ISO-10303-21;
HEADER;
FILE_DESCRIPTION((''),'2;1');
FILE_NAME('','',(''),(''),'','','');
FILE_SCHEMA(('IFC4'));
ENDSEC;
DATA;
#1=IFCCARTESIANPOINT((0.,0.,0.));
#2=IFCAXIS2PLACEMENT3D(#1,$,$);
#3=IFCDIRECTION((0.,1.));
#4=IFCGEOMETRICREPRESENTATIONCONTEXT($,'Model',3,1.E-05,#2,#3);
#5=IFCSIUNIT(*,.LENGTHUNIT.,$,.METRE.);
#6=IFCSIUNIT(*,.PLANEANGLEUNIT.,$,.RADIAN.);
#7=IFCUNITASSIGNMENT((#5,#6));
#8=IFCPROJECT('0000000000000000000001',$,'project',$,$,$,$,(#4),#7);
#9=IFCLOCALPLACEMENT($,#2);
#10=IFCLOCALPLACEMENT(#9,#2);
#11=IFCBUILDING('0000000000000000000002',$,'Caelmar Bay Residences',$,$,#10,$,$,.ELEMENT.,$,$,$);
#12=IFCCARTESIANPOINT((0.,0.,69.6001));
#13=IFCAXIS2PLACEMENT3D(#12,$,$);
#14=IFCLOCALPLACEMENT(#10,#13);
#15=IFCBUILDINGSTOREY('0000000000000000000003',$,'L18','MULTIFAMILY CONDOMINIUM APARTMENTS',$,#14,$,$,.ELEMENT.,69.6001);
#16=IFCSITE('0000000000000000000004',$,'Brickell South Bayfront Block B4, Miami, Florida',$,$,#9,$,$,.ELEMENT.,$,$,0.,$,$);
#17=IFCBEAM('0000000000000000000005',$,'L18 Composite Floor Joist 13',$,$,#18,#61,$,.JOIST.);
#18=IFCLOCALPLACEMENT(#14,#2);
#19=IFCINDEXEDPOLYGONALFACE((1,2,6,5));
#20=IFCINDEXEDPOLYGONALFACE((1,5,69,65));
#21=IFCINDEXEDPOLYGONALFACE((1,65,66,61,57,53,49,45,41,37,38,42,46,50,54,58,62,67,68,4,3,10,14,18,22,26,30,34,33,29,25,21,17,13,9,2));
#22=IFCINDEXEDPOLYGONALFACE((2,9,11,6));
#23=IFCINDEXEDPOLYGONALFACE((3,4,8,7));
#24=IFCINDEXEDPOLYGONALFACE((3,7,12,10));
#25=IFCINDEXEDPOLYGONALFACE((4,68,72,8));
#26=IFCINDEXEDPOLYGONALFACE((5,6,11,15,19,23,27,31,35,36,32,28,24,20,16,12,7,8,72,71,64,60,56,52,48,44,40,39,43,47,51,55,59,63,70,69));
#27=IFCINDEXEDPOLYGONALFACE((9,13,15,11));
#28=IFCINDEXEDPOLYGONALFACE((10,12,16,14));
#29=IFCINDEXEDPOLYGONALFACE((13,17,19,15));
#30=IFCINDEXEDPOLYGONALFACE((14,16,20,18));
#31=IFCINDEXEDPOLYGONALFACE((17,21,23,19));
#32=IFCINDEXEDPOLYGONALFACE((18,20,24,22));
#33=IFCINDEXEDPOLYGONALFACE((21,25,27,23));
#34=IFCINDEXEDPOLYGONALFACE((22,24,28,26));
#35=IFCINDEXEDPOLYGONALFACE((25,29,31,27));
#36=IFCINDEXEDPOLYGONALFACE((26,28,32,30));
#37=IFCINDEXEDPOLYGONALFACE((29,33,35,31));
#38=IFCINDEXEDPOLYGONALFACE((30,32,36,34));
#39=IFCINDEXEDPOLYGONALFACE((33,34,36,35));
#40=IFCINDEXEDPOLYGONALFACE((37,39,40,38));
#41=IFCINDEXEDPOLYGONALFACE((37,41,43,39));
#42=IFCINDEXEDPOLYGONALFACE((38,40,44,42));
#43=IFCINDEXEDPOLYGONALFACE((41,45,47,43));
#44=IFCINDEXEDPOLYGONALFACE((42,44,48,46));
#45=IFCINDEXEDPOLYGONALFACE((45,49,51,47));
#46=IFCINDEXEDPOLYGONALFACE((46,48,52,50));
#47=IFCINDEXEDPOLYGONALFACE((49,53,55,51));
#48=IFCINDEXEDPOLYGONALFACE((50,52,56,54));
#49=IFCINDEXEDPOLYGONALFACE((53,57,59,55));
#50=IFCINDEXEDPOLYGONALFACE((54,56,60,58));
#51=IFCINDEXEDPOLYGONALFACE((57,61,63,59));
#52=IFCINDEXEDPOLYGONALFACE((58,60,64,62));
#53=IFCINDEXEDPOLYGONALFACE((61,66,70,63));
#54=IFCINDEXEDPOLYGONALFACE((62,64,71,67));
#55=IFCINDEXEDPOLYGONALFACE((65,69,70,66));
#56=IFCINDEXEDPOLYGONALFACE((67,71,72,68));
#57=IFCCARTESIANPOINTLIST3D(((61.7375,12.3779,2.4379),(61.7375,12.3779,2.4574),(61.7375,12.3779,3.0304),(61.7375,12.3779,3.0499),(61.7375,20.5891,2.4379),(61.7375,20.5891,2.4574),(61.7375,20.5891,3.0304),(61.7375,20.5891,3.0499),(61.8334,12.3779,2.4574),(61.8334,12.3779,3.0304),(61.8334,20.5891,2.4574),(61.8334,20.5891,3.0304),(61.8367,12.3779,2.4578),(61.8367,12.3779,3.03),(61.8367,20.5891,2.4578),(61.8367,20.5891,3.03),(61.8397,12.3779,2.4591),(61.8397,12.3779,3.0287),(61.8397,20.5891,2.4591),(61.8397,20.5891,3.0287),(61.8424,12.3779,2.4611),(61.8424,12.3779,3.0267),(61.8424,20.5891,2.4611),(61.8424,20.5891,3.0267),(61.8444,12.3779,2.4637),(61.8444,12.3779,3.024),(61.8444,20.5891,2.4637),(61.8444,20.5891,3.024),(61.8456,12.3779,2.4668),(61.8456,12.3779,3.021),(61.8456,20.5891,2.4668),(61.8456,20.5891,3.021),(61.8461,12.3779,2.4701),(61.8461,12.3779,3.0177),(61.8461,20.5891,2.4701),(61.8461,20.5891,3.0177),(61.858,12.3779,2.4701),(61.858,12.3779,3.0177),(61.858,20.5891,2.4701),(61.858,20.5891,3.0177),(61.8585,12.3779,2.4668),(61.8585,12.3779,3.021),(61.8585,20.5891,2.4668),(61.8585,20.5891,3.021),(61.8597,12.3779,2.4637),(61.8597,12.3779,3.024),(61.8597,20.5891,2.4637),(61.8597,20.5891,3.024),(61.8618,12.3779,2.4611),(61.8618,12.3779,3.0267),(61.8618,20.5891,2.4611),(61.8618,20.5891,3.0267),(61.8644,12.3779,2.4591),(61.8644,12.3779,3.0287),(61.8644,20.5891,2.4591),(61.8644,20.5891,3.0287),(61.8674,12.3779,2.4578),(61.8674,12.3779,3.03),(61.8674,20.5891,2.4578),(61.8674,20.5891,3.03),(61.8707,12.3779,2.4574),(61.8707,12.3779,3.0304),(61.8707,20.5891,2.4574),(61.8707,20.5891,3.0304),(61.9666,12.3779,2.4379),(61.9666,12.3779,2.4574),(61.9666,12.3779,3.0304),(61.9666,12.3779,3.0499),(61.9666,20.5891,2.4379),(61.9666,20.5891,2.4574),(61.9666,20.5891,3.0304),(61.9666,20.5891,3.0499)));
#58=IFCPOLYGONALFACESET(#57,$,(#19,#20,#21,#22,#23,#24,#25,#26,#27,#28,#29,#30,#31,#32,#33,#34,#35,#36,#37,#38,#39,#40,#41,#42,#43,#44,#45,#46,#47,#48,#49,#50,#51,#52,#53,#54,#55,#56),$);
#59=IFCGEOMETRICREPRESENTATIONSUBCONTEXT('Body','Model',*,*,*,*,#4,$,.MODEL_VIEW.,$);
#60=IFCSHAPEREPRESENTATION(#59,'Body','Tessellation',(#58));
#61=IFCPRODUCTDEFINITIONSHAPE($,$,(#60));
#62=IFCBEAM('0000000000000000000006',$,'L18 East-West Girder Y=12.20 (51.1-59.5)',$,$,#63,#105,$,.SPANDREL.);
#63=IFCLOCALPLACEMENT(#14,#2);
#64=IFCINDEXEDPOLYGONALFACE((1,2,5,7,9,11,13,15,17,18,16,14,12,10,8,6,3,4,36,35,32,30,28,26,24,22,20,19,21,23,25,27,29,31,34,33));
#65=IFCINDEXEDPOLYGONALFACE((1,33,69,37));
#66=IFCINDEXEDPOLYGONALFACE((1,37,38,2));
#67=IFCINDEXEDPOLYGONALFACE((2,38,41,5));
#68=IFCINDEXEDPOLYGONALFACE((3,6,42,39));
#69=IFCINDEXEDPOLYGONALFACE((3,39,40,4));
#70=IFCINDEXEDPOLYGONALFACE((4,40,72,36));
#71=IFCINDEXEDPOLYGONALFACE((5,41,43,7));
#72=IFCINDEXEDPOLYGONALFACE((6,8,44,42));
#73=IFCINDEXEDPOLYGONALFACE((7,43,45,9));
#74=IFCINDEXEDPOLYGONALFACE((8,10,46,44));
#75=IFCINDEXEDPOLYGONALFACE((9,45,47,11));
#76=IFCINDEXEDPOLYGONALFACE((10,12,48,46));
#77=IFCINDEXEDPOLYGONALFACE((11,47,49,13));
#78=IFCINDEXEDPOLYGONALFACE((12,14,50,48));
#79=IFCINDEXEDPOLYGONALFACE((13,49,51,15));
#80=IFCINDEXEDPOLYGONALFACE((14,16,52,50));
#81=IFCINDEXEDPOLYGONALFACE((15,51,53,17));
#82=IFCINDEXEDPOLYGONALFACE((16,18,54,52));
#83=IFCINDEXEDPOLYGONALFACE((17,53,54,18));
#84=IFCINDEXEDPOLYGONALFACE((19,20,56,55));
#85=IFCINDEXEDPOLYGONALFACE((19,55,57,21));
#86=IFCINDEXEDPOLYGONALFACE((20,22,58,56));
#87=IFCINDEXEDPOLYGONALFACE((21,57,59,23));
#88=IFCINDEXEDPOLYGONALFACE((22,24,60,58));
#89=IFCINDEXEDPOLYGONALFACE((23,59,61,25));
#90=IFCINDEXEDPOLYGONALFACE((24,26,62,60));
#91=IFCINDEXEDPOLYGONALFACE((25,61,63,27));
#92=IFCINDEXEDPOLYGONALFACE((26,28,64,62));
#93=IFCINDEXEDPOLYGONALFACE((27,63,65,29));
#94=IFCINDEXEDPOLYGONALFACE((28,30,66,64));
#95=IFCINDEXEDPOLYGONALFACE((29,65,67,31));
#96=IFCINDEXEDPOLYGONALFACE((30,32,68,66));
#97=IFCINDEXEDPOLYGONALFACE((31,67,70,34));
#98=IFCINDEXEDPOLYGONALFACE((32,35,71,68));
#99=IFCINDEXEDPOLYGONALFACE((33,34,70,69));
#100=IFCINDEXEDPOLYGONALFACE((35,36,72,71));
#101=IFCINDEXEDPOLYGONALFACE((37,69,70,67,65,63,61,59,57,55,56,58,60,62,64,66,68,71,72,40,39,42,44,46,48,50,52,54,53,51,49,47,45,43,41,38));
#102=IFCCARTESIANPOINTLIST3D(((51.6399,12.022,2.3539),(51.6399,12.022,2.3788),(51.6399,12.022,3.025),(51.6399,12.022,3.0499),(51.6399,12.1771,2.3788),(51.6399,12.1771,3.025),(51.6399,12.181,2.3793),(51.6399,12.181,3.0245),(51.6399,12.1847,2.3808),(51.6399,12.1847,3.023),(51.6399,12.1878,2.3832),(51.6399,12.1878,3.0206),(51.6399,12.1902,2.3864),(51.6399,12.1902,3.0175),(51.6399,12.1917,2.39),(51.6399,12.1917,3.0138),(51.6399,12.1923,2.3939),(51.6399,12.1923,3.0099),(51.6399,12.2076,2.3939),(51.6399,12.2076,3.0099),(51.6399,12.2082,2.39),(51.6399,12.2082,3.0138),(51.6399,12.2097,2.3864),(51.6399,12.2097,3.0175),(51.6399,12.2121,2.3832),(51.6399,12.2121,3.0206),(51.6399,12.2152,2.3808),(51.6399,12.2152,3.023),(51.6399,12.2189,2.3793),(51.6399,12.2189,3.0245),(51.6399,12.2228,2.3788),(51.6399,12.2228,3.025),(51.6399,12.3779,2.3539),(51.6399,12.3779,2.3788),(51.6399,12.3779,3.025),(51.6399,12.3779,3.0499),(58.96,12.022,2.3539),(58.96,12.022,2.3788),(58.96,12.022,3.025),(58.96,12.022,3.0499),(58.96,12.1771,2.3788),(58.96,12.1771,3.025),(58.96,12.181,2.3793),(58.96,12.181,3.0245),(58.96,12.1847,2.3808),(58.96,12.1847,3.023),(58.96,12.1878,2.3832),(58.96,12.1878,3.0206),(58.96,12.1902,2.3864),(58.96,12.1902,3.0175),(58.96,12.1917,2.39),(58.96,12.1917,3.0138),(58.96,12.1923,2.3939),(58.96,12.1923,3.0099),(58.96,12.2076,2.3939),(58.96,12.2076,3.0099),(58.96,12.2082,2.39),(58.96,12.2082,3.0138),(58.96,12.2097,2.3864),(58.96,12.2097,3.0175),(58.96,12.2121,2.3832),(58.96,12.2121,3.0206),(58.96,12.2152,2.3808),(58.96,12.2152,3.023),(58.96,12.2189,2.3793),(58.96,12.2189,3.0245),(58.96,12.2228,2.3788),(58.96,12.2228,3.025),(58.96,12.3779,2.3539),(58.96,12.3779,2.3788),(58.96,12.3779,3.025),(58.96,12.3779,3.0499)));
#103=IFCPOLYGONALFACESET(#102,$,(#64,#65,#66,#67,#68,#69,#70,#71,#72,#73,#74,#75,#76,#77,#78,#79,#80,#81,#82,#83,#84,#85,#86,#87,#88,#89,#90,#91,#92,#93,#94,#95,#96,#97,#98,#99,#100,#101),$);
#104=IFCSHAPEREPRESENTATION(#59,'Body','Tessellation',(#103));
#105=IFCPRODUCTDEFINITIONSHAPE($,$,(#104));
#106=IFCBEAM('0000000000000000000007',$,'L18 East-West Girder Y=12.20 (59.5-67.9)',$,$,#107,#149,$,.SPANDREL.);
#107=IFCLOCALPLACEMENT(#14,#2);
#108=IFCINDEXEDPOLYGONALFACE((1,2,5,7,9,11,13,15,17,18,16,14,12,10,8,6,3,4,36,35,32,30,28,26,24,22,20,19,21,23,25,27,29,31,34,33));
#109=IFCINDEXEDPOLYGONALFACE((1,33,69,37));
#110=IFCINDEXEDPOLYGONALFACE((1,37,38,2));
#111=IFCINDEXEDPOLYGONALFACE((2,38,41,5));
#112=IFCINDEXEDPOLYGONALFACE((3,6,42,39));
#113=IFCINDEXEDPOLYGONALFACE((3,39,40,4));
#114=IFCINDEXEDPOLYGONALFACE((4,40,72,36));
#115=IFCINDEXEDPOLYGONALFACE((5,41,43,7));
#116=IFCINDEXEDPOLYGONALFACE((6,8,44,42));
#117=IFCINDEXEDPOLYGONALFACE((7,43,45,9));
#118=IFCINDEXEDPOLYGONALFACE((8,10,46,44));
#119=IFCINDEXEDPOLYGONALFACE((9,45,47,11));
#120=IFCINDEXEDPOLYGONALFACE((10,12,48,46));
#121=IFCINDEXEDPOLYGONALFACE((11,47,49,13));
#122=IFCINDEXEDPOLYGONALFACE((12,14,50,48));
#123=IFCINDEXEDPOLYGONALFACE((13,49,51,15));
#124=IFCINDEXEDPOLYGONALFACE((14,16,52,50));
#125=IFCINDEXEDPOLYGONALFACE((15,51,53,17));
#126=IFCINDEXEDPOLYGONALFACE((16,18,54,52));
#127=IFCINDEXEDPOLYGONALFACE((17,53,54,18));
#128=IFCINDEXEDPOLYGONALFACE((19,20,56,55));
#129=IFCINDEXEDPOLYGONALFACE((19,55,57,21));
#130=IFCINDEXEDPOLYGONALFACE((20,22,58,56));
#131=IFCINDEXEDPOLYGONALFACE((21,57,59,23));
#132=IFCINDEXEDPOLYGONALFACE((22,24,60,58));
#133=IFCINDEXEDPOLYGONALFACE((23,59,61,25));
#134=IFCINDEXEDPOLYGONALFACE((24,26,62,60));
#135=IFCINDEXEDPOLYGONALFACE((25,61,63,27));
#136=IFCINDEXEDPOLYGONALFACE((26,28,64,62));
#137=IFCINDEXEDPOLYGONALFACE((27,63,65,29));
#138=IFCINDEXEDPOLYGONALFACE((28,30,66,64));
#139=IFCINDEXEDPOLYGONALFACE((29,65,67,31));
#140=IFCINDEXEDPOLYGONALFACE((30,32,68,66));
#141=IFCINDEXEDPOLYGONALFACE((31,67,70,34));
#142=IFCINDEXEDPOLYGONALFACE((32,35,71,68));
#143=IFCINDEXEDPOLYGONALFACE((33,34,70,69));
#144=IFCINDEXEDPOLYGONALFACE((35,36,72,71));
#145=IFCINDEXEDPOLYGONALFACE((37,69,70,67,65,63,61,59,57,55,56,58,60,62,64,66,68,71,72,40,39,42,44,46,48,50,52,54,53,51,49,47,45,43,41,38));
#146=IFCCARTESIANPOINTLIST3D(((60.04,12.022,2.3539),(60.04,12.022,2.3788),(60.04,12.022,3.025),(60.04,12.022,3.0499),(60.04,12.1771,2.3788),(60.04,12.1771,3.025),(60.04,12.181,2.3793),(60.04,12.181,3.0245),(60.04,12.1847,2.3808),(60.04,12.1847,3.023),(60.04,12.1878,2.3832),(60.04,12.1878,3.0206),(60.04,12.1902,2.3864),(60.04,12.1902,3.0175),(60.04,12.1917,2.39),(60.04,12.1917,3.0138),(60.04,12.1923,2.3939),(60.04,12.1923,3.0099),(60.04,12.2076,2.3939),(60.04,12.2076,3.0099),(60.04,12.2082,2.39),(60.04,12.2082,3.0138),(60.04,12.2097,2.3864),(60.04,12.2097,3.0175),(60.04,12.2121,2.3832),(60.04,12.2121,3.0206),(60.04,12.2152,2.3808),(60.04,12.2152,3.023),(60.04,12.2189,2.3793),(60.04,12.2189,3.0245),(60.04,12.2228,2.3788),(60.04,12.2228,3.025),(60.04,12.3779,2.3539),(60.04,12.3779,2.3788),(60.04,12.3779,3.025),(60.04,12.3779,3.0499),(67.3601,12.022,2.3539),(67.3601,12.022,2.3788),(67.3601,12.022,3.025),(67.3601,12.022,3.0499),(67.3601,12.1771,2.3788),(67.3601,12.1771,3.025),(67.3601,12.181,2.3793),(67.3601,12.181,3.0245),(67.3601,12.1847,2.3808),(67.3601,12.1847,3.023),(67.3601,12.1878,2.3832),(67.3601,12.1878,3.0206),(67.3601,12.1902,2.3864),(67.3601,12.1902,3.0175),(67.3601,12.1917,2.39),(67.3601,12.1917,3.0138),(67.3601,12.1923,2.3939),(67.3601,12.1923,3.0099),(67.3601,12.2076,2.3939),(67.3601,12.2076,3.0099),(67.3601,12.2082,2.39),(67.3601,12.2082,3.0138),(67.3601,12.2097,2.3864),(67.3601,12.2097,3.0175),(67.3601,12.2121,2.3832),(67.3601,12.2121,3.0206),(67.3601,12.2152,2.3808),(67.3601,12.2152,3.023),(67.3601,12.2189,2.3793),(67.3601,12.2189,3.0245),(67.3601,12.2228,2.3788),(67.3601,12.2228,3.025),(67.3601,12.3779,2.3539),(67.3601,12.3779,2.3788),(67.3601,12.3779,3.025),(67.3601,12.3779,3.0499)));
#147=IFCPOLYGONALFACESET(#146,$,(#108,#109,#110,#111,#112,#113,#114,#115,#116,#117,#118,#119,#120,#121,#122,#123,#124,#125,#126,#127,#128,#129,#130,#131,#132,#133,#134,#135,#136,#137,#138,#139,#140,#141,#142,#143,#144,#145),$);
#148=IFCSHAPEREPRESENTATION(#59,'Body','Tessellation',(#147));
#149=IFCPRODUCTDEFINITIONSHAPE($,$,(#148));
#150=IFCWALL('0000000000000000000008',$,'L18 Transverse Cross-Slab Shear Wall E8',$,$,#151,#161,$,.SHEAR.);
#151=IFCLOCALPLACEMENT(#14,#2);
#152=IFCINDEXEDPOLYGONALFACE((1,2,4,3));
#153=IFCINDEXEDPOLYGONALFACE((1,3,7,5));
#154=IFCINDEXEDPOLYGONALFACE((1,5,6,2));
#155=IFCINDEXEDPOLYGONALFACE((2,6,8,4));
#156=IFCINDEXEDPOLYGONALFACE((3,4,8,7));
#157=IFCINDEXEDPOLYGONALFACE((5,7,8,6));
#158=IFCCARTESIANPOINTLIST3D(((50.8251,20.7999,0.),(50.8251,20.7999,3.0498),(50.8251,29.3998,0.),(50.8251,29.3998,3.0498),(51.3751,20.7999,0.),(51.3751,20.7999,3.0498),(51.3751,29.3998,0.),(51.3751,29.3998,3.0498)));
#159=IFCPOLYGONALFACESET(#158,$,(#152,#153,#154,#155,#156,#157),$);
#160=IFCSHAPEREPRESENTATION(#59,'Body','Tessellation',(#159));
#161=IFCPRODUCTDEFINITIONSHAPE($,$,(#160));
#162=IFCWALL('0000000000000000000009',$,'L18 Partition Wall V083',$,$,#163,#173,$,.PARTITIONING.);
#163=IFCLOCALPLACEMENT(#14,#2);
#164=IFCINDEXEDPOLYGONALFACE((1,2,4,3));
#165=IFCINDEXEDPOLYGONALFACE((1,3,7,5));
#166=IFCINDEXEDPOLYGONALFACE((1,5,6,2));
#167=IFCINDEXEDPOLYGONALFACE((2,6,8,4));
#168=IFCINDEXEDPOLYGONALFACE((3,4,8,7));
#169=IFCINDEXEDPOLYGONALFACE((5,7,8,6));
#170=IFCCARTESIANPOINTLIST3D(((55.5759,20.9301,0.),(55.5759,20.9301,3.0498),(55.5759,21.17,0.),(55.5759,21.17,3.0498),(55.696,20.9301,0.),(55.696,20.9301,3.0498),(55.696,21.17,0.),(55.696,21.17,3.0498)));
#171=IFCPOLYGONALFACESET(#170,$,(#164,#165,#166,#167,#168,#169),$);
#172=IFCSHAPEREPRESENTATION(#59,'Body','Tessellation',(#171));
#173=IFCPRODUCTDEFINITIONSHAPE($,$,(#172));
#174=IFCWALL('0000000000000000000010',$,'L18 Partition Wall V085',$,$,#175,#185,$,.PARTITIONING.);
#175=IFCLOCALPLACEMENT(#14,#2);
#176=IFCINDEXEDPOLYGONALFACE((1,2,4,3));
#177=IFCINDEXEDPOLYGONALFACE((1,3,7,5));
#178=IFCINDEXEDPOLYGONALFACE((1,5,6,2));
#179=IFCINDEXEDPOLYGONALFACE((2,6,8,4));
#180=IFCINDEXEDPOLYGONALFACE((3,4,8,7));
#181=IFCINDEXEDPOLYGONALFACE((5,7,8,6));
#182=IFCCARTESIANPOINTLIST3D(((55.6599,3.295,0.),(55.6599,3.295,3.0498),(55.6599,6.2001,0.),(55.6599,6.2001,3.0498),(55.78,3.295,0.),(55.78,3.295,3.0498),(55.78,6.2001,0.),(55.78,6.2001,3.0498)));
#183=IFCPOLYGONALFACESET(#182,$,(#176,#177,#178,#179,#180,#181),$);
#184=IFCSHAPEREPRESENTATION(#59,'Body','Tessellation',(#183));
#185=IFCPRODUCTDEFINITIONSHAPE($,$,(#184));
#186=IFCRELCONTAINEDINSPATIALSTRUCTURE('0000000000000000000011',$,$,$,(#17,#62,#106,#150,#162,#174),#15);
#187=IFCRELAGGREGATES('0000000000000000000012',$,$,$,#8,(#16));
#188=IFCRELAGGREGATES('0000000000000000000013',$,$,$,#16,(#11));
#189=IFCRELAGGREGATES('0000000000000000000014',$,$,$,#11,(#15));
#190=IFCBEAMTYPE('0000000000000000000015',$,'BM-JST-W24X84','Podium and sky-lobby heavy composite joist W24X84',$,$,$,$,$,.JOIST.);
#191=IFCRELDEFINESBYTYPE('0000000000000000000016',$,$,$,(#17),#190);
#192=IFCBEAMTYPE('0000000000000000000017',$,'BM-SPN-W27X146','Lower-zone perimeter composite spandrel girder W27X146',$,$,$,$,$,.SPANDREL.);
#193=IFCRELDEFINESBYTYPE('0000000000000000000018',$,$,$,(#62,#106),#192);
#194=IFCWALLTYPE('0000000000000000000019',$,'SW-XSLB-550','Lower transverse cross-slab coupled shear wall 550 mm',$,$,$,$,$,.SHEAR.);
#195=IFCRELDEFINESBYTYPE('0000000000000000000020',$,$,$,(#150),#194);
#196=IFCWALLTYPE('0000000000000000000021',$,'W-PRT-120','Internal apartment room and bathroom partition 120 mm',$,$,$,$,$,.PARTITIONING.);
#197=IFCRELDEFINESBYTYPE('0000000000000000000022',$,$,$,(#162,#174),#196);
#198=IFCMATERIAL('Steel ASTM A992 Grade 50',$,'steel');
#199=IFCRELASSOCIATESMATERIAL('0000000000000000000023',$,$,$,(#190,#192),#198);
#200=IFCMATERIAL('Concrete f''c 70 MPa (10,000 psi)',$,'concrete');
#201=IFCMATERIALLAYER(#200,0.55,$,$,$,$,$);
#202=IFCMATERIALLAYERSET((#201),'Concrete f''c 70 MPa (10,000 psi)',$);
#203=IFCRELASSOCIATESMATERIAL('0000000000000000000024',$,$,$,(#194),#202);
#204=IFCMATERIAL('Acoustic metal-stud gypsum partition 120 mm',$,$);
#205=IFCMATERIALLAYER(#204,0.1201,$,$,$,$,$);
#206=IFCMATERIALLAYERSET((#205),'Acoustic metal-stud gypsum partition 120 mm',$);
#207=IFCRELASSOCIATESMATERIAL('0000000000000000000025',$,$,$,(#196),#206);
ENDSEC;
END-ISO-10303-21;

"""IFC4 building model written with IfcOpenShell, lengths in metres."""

from ifc_helpers import new_model, si_unit, direction, frame, frame_2d, origin, origin_2d, place, context, subcontext, project, spatial, rectangle, i_section, extrude, material, layer, layer_set, material_profile, profile_set, type_object, element, save


model = new_model("IFC4")

# Units and contexts
model_context = context("Model", 3, precision=1e-05, world=origin(), true_north=direction((0.0, 1.0)))
body_context = subcontext(model_context, "Body", "Model", "MODEL_VIEW")
ifc_project = project(units=[si_unit("LENGTHUNIT", "METRE"), si_unit("PLANEANGLEUNIT", "RADIAN")], contexts=[model_context])

# Site, building, storey
site_placement = place(None, origin())
site = spatial("IfcSite", under=ifc_project, at=site_placement, Name="Brickell South Bayfront Block B4, Miami, Florida", CompositionType="ELEMENT", RefElevation=0.0)
building_placement = place(site_placement, origin())
building = spatial("IfcBuilding", under=site, at=building_placement, Name="Caelmar Bay Residences", CompositionType="ELEMENT")
storey_placement = place(building_placement, frame((0.0, 0.0, 69.6001)))
storey = spatial("IfcBuildingStorey", under=building, at=storey_placement, Name="L18", Description="MULTIFAMILY CONDOMINIUM APARTMENTS", CompositionType="ELEMENT", Elevation=69.6001)

# Shared definitions
ifc_material_1 = material(Name="Concrete f'c 70 MPa (10,000 psi)", Category="concrete")

# Beams
ifc_material_2 = material(Name="Steel ASTM A992 Grade 50", Category="steel")
ifc_material_profile_1 = material_profile(ifc_material_2, i_section(OverallWidth=0.229, OverallDepth=0.6121, WebThickness=0.012, FlangeThickness=0.0195, FilletRadius=0.0127, at=origin_2d()), Name="W24X84")
ifc_profile_set_1 = profile_set([ifc_material_profile_1], Name="Steel ASTM A992 Grade 50")
beam_type_1 = type_object("IfcBeamType", Name="BM-JST-W24X84", Description="Podium and sky-lobby heavy composite joist W24X84", PredefinedType="JOIST", material=ifc_profile_set_1)
for number, where, z_axis, x_axis, name in (
    (1, (61.8521, 12.3779, 2.7439), (0.0, 1.0, 0.0), (-1.0, 0.0, 0.0), "L18 Composite Floor Joist 13"),
):
    element("IfcBeam", number, at=place(storey_placement, frame(where, z_axis=z_axis, x_axis=x_axis)), inside=storey, type_object=beam_type_1, Name=name, PredefinedType="JOIST", context=body_context, shape_type="SweptSolid", body=[
        extrude(i_section(OverallWidth=0.229, OverallDepth=0.6121, WebThickness=0.012, FlangeThickness=0.0195, FilletRadius=0.0127, at=origin_2d()), origin(), (0.0, 0.0, 1.0), 8.2112),
    ])
ifc_material_profile_2 = material_profile(ifc_material_2, i_section(OverallWidth=0.356, OverallDepth=0.696, WebThickness=0.0154, FlangeThickness=0.0249, FilletRadius=0.0151, at=origin_2d()), Name="W27X146")
ifc_profile_set_2 = profile_set([ifc_material_profile_2], Name="Steel ASTM A992 Grade 50")
beam_type_2 = type_object("IfcBeamType", Name="BM-SPN-W27X146", Description="Lower-zone perimeter composite spandrel girder W27X146", PredefinedType="SPANDREL", material=ifc_profile_set_2)
for number, where, z_axis, x_axis, name in (
    (2, (51.6399, 12.2, 2.7019), (1.0, 0.0, 0.0), (0.0, 1.0, 0.0), "L18 East-West Girder Y=12.20 (51.1-59.5)"),
    (3, (60.04, 12.2, 2.7019), (1.0, 0.0, 0.0), (0.0, 1.0, 0.0), "L18 East-West Girder Y=12.20 (59.5-67.9)"),
):
    element("IfcBeam", number, at=place(storey_placement, frame(where, z_axis=z_axis, x_axis=x_axis)), inside=storey, type_object=beam_type_2, Name=name, PredefinedType="SPANDREL", context=body_context, shape_type="SweptSolid", body=[
        extrude(i_section(OverallWidth=0.356, OverallDepth=0.696, WebThickness=0.0154, FlangeThickness=0.0249, FilletRadius=0.0151, at=origin_2d()), origin(), (0.0, 0.0, 1.0), 7.3201),
    ])

# Walls
ifc_layer_1 = layer(ifc_material_1, 0.55)
ifc_layer_set_1 = layer_set([ifc_layer_1], Name="Concrete f'c 70 MPa (10,000 psi)")
wall_type_1 = type_object("IfcWallType", Name="SW-XSLB-550", Description="Lower transverse cross-slab coupled shear wall 550 mm", PredefinedType="SHEAR", material=ifc_layer_set_1)
wall_1_placement = place(storey_placement, frame((51.1001, 20.8, 0.0), z_axis=(0.0, 0.0, 1.0), x_axis=(0.0, 1.0, 0.0)))
element("IfcWall", 4, at=wall_1_placement, inside=storey, type_object=wall_type_1, Name="L18 Transverse Cross-Slab Shear Wall E8", PredefinedType="SHEAR", context=body_context, shape_type="SweptSolid", body=[
    extrude(rectangle(XDim=8.5999, YDim=0.55, at=frame_2d((4.2998, 0.0))), origin(), (0.0, 0.0, 1.0), 3.0498),
])
ifc_material_3 = material(Name="Acoustic metal-stud gypsum partition 120 mm")
ifc_layer_2 = layer(ifc_material_3, 0.1201)
ifc_layer_set_2 = layer_set([ifc_layer_2], Name="Acoustic metal-stud gypsum partition 120 mm")
wall_type_2 = type_object("IfcWallType", Name="W-PRT-120", Description="Internal apartment room and bathroom partition 120 mm", PredefinedType="PARTITIONING", material=ifc_layer_set_2)
wall_2_placement = place(storey_placement, frame((55.636, 20.9299, 0.0), z_axis=(0.0, 0.0, 1.0), x_axis=(0.0, 1.0, 0.0)))
element("IfcWall", 5, at=wall_2_placement, inside=storey, type_object=wall_type_2, Name="L18 Partition Wall V083", PredefinedType="PARTITIONING", context=body_context, shape_type="SweptSolid", body=[
    extrude(rectangle(XDim=0.24, YDim=0.1201, at=frame_2d((0.1201, 0.0))), origin(), (0.0, 0.0, 1.0), 3.0498),
])
wall_3_placement = place(storey_placement, frame((55.72, 3.2949, 0.0), z_axis=(0.0, 0.0, 1.0), x_axis=(0.0, 1.0, 0.0)))
element("IfcWall", 6, at=wall_3_placement, inside=storey, type_object=wall_type_2, Name="L18 Partition Wall V085", PredefinedType="PARTITIONING", context=body_context, shape_type="SweptSolid", body=[
    extrude(rectangle(XDim=2.905, YDim=0.1201, at=frame_2d((1.4526, 0.0))), origin(), (0.0, 0.0, 1.0), 3.0498),
])

save(model, "model.ifc")
